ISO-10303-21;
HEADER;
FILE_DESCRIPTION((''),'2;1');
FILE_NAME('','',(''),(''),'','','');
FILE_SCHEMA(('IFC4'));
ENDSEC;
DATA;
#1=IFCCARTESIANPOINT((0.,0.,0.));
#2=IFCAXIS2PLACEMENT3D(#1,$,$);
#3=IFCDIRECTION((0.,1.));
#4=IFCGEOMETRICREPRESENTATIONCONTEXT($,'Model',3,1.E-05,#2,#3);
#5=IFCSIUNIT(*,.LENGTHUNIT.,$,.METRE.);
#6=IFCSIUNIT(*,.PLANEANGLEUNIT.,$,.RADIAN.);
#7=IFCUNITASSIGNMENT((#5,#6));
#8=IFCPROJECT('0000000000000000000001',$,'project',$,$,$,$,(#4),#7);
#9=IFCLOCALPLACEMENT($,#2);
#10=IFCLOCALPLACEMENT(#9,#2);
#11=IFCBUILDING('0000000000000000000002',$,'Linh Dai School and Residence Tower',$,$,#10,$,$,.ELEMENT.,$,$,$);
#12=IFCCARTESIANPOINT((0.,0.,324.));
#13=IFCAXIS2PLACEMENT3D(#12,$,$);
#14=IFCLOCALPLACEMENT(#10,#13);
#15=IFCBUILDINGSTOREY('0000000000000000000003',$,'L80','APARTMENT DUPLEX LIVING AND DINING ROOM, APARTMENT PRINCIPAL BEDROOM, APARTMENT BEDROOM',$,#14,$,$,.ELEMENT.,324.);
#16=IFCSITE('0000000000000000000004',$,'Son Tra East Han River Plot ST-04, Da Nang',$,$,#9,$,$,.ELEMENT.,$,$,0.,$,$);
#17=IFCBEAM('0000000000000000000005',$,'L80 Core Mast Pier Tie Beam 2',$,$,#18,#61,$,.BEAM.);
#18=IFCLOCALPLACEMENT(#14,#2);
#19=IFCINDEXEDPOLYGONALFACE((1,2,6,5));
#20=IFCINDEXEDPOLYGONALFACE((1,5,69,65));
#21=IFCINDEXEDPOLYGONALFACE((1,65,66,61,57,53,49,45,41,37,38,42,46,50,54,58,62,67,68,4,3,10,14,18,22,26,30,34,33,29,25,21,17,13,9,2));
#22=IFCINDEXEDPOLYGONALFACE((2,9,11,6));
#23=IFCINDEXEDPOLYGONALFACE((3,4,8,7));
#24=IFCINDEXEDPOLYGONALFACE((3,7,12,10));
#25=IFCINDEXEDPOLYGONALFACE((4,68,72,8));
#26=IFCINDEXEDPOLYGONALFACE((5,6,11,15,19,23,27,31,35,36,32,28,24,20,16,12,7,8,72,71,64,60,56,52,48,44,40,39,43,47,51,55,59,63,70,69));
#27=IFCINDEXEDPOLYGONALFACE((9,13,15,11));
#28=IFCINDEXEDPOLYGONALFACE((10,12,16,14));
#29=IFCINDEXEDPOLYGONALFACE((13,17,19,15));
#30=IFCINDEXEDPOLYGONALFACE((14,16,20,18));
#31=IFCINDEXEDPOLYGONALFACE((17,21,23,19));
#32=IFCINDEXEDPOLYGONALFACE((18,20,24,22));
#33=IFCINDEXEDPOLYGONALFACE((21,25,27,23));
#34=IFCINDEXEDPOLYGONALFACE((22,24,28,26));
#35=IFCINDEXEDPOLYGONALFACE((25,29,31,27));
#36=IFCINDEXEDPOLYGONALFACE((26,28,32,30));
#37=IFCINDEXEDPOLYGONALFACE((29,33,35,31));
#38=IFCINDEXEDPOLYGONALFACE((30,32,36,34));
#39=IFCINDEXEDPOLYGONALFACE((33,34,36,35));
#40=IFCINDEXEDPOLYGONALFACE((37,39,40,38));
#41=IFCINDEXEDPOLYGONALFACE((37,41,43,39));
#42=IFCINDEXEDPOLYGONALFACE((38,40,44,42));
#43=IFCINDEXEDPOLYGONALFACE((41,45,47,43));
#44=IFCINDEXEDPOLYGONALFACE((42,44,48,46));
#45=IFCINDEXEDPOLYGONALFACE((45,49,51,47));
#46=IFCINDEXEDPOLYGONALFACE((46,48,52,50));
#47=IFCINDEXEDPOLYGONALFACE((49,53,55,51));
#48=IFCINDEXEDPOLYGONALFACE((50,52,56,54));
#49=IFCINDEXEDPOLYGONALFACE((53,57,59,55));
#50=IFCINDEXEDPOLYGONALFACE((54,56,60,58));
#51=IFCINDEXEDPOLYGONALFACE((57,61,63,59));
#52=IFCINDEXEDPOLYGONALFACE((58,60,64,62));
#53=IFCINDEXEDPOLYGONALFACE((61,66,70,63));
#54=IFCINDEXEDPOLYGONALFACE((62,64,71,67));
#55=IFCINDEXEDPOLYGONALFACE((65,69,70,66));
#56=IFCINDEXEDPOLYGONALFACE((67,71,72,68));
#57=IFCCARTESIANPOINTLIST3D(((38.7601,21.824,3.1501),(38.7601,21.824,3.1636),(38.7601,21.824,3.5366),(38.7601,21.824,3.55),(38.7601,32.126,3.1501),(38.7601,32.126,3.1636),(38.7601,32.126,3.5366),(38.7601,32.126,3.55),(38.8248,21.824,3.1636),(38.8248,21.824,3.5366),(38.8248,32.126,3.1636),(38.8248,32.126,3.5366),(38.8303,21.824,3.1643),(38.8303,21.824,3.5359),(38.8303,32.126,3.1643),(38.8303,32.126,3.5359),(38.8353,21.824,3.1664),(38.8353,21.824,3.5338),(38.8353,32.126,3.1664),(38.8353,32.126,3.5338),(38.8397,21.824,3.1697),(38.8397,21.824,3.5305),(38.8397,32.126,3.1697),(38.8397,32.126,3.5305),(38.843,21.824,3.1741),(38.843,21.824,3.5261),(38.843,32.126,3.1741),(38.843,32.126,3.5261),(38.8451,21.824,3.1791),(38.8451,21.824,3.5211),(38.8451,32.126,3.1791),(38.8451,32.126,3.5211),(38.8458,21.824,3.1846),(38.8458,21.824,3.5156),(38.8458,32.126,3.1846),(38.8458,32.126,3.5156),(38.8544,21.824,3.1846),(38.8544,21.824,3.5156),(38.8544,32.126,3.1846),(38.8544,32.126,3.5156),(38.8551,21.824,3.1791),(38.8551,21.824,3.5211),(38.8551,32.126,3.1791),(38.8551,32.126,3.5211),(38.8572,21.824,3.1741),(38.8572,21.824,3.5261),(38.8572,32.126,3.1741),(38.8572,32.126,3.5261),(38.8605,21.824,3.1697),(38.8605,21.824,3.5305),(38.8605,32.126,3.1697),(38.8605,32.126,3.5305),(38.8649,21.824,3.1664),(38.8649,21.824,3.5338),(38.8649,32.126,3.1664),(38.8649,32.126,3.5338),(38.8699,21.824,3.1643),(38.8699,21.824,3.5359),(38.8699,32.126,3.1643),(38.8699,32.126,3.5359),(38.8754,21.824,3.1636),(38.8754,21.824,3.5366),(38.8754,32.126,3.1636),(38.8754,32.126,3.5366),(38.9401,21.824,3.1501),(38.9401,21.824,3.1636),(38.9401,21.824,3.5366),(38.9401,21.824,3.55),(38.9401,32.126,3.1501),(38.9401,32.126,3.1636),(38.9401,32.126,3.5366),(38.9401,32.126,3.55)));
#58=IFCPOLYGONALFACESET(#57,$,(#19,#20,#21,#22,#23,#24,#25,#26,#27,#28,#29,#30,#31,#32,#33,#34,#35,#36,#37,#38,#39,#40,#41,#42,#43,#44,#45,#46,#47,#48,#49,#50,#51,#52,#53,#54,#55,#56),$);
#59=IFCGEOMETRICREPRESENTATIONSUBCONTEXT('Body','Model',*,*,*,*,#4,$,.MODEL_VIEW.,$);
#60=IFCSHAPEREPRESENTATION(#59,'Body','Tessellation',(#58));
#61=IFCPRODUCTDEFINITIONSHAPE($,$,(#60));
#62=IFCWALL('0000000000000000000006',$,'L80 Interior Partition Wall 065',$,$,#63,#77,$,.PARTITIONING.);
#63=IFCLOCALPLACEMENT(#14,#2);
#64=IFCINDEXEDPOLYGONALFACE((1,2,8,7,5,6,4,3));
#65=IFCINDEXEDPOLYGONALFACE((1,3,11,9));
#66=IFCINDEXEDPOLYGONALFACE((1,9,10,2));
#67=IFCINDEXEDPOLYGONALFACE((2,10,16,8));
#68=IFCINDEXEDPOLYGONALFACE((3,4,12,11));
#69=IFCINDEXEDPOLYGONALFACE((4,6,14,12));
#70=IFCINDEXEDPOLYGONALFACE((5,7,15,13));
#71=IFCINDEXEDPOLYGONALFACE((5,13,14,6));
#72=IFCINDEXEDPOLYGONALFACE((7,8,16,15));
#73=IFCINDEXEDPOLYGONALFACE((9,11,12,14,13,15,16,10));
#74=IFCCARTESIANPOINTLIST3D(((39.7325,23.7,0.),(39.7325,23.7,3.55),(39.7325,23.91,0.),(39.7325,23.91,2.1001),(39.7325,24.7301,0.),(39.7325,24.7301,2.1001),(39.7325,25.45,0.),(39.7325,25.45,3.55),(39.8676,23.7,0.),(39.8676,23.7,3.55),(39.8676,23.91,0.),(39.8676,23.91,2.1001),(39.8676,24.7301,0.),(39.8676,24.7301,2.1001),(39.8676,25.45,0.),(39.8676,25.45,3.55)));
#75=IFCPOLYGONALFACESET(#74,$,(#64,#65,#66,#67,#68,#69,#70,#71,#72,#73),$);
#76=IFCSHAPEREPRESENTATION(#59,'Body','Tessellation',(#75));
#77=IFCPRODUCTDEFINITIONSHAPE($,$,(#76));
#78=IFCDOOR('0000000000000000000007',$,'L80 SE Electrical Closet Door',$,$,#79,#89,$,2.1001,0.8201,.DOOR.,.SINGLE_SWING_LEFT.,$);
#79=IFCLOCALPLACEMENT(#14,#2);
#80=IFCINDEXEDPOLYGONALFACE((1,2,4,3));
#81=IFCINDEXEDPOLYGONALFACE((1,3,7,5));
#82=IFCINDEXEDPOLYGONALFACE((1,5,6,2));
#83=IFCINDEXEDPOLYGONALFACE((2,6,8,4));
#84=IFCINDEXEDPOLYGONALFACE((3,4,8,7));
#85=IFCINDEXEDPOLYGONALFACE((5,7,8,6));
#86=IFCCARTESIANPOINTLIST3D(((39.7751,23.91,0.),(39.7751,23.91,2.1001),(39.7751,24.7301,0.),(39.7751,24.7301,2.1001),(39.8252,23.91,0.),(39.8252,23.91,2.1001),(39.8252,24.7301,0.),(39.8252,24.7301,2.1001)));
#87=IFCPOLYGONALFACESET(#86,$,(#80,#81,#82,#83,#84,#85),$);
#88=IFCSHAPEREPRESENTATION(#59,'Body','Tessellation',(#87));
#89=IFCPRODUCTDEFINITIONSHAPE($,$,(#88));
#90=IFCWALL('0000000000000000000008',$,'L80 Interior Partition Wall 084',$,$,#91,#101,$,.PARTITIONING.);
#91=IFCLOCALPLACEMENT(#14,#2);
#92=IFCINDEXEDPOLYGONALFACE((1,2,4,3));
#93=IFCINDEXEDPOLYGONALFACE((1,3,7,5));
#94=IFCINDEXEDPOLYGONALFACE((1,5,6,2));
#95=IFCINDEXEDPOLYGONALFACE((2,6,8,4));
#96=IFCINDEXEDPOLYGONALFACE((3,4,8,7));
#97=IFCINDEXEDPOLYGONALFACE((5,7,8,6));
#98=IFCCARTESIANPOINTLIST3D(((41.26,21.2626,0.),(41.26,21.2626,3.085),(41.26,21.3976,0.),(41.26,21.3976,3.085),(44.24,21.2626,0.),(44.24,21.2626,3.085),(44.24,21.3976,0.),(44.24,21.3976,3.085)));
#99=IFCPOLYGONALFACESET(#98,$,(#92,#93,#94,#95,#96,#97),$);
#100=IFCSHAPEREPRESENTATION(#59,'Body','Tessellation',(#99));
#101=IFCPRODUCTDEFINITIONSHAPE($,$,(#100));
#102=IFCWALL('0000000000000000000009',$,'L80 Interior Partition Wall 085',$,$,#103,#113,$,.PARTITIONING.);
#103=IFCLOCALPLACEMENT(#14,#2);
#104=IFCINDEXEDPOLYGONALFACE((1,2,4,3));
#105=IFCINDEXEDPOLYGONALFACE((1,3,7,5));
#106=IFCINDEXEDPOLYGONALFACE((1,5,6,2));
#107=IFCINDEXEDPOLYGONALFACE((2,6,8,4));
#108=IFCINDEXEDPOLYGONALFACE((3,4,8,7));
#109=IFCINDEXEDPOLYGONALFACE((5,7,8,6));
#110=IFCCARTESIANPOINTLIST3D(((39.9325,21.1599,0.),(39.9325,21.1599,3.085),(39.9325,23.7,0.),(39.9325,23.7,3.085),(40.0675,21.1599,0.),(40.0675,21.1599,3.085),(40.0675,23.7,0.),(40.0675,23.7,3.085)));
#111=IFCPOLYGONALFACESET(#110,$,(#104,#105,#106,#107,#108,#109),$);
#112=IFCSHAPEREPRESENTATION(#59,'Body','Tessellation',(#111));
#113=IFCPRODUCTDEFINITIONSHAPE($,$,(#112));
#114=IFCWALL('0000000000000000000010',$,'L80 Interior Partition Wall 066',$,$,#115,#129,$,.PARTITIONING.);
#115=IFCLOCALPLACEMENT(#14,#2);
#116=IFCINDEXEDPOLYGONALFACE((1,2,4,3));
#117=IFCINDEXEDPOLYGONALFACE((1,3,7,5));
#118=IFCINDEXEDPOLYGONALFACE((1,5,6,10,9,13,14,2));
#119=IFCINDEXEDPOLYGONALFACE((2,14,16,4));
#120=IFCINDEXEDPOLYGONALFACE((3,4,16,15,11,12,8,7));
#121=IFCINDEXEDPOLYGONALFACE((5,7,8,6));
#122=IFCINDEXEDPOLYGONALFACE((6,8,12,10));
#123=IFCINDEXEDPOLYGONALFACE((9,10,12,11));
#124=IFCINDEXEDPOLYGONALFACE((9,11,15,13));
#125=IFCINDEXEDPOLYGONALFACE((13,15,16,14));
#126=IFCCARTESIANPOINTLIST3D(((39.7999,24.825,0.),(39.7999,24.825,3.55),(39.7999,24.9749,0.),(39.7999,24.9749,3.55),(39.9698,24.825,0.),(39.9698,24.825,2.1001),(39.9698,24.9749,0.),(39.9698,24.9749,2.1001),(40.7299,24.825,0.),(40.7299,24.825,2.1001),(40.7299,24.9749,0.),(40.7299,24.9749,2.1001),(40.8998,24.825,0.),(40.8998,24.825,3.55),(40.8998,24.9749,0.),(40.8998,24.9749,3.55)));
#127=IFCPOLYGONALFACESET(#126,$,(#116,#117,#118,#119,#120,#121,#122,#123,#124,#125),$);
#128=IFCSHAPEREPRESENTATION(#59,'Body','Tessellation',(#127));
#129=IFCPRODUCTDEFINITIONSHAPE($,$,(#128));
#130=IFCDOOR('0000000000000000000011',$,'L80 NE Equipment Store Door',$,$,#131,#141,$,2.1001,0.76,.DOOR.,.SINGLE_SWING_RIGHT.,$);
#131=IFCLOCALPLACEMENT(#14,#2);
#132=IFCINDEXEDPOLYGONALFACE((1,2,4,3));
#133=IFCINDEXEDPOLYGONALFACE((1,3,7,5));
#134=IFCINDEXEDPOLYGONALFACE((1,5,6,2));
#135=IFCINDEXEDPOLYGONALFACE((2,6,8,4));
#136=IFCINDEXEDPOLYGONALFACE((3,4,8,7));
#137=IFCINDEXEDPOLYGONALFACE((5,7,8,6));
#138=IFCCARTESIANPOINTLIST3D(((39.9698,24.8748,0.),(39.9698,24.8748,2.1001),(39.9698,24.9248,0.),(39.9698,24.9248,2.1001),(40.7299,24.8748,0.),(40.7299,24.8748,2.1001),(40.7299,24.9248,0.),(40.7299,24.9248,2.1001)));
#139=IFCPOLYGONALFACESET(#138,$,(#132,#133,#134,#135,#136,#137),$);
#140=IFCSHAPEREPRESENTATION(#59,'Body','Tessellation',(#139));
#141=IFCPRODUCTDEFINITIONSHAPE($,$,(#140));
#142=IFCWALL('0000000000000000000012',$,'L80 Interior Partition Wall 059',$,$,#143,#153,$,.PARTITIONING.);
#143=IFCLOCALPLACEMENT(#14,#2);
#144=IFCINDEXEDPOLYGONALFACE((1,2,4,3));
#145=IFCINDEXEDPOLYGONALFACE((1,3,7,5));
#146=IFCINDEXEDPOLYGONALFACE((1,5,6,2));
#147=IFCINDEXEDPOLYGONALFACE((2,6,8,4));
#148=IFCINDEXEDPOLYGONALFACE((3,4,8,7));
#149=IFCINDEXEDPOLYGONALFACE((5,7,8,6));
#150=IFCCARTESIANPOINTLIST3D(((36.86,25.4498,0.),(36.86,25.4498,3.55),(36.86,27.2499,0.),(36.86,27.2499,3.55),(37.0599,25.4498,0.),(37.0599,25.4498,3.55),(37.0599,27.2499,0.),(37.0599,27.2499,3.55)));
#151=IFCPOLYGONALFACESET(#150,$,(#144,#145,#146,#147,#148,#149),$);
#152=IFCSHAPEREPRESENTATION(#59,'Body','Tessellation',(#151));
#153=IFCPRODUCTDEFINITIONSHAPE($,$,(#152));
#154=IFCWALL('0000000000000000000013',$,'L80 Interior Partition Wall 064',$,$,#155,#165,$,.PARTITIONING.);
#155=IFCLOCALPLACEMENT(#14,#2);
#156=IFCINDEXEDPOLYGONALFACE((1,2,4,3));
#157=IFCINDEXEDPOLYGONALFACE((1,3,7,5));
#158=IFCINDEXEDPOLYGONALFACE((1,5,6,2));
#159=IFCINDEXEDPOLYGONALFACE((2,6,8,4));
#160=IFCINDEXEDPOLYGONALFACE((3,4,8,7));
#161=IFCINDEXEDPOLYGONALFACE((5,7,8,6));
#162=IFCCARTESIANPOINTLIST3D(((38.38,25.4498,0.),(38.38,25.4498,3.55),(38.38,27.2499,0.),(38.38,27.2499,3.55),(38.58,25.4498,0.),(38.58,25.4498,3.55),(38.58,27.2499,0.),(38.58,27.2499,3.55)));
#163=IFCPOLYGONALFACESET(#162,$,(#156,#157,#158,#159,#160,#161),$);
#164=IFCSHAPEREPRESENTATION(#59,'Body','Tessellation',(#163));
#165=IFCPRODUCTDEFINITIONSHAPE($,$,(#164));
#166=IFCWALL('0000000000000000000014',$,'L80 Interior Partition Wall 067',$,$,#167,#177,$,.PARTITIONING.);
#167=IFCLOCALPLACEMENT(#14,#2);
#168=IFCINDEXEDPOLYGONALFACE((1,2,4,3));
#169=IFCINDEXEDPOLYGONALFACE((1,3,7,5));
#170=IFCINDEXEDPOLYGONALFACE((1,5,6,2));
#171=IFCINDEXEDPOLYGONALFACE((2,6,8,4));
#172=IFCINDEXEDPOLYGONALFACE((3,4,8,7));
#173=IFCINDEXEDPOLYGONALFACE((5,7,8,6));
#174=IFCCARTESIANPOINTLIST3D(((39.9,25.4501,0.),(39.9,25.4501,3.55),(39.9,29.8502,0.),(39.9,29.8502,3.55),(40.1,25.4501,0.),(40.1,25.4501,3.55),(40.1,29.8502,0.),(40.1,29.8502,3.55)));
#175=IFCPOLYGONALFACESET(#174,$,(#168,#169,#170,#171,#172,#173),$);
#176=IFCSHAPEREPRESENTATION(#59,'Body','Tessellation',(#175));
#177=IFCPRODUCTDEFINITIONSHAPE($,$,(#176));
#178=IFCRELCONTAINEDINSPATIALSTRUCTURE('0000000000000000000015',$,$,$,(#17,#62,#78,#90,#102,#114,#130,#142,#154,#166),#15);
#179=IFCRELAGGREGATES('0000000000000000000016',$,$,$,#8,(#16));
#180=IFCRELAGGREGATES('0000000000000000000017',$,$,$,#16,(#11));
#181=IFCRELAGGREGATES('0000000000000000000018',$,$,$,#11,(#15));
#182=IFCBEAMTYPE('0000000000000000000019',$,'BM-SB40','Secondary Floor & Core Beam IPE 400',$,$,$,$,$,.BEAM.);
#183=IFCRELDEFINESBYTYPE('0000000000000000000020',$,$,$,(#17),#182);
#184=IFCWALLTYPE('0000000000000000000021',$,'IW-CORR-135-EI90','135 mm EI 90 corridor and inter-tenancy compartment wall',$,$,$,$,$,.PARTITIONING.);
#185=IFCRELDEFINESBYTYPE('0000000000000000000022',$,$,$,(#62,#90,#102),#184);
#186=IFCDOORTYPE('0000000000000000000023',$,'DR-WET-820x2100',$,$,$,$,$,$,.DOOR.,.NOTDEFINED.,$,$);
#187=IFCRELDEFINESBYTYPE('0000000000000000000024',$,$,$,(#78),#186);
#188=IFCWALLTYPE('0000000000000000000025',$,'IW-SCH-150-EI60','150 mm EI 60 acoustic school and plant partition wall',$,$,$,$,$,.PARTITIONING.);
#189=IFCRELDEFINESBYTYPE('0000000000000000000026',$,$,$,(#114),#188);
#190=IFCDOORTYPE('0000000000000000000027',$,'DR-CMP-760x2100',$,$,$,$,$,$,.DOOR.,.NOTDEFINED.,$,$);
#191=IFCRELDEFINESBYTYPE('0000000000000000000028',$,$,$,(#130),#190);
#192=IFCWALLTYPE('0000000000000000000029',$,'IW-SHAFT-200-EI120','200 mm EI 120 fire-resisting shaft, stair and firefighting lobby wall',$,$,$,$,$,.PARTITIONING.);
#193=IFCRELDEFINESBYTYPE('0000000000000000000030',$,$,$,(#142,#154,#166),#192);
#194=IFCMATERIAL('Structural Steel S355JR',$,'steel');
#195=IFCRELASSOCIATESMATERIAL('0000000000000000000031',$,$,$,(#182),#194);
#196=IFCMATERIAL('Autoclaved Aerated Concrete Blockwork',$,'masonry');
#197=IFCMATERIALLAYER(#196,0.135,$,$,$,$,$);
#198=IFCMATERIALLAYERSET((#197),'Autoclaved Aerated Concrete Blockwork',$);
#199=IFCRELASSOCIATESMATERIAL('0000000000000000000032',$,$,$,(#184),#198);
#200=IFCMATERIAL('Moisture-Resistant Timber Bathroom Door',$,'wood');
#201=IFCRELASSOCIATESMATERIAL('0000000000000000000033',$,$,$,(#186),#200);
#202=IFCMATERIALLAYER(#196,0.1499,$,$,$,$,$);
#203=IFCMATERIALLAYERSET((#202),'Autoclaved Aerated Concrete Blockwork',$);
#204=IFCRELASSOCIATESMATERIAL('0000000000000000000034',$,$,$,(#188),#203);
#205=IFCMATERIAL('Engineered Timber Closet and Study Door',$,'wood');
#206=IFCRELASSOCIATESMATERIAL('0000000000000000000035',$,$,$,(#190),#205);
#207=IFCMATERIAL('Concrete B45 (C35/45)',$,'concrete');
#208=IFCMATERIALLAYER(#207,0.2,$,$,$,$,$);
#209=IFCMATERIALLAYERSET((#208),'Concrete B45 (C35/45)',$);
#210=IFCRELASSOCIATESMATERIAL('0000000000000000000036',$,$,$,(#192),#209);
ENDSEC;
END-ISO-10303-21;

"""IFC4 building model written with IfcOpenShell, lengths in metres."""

from ifc_helpers import new_model, si_unit, direction, frame, frame_2d, origin, origin_2d, place, context, subcontext, project, spatial, rectangle, i_section, extrude, source, transform, mapped, material, layer, layer_set, material_profile, profile_set, type_object, element, fill, save


model = new_model("IFC4")

# Units and contexts
model_context = context("Model", 3, precision=1e-05, world=origin(), true_north=direction((0.0, 1.0)))
body_context = subcontext(model_context, "Body", "Model", "MODEL_VIEW")
ifc_project = project(units=[si_unit("LENGTHUNIT", "METRE"), si_unit("PLANEANGLEUNIT", "RADIAN")], contexts=[model_context])

# Site, building, storey
site_placement = place(None, origin())
site = spatial("IfcSite", under=ifc_project, at=site_placement, Name="Son Tra East Han River Plot ST-04, Da Nang", CompositionType="ELEMENT", RefElevation=0.0)
building_placement = place(site_placement, origin())
building = spatial("IfcBuilding", under=site, at=building_placement, Name="Linh Dai School and Residence Tower", CompositionType="ELEMENT")
storey_placement = place(building_placement, frame((0.0, 0.0, 324.0)))
storey = spatial("IfcBuildingStorey", under=building, at=storey_placement, Name="L80", Description="APARTMENT DUPLEX LIVING AND DINING ROOM, APARTMENT PRINCIPAL BEDROOM, APARTMENT BEDROOM", CompositionType="ELEMENT", Elevation=324.0)

# Shared definitions
ifc_material_1 = material(Name="Structural Steel S355JR", Category="steel")

# Beam
ifc_material_profile_1 = material_profile(ifc_material_1, i_section(OverallWidth=0.1799, OverallDepth=0.3999, WebThickness=0.0085, FlangeThickness=0.0134, FilletRadius=0.021, at=origin_2d()), Name="IPE 400")
ifc_profile_set_1 = profile_set([ifc_material_profile_1], Name="Structural Steel S355JR")
beam_type = type_object("IfcBeamType", Name="BM-SB40", Description="Secondary Floor & Core Beam IPE 400", PredefinedType="BEAM", material=ifc_profile_set_1)
beam_placement = place(storey_placement, frame((38.8501, 21.824, 3.3501), z_axis=(0.0, 1.0, 0.0), x_axis=(-1.0, 0.0, 0.0)))
element("IfcBeam", 1, at=beam_placement, inside=storey, type_object=beam_type, Name="L80 Core Mast Pier Tie Beam 2", PredefinedType="BEAM", context=body_context, shape_type="SweptSolid", body=[
    extrude(i_section(OverallWidth=0.1799, OverallDepth=0.3999, WebThickness=0.0085, FlangeThickness=0.0134, FilletRadius=0.021, at=origin_2d()), origin(), (0.0, 0.0, 1.0), 10.302),
])

# Wall, opening, door
ifc_material_2 = material(Name="Autoclaved Aerated Concrete Blockwork", Category="masonry")
ifc_layer_1 = layer(ifc_material_2, 0.135)
ifc_layer_set_1 = layer_set([ifc_layer_1], Name="Autoclaved Aerated Concrete Blockwork")
wall_type_1 = type_object("IfcWallType", Name="IW-CORR-135-EI90", Description="135 mm EI 90 corridor and inter-tenancy compartment wall", PredefinedType="PARTITIONING", material=ifc_layer_set_1)
wall_1_placement = place(storey_placement, frame((39.8, 23.7, 0.0), z_axis=(0.0, 0.0, 1.0), x_axis=(0.0, 1.0, 0.0)))
wall_1 = element("IfcWall", 2, at=wall_1_placement, inside=storey, type_object=wall_type_1, Name="L80 Interior Partition Wall 065", PredefinedType="PARTITIONING", context=body_context, shape_type="SweptSolid", body=[
    extrude(rectangle(XDim=1.75, YDim=0.135, at=frame_2d((0.875, 0.0))), origin(), (0.0, 0.0, 1.0), 3.55),
])
opening_1_placement = place(wall_1_placement, frame((0.21, 0.0, 0.0)))
opening_1 = element("IfcOpeningElement", 3, at=opening_1_placement, cuts=wall_1, PredefinedType="OPENING", context=body_context, shape_type="SweptSolid", body=[
    extrude(rectangle(XDim=0.8201, YDim=2.1001, at=origin_2d()), frame((0.4102, 0.0776, 1.05), z_axis=(0.0, -1.0, 0.0), x_axis=(1.0, 0.0, 0.0)), (0.0, 0.0, 1.0), 0.155),
])
ifc_material_3 = material(Name="Moisture-Resistant Timber Bathroom Door", Category="wood")
door_type_1 = type_object("IfcDoorType", Name="DR-WET-820x2100", OperationType="NOTDEFINED", PredefinedType="DOOR", material=ifc_material_3)
shared_shape_1 = source(origin(), body_context, "Body", "SweptSolid", [
    extrude(rectangle(XDim=0.8201, YDim=2.1001, at=origin_2d()), frame((0.4102, 0.0249, 1.05), z_axis=(0.0, -1.0, 0.0), x_axis=(1.0, 0.0, 0.0)), (0.0, 0.0, 1.0), 0.05),
])
door_1_placement = place(opening_1_placement, origin())
door_1 = element("IfcDoor", 4, at=door_1_placement, inside=storey, type_object=door_type_1, Name="L80 SE Electrical Closet Door", OperationType="SINGLE_SWING_LEFT", OverallHeight=2.1001, OverallWidth=0.8201, PredefinedType="DOOR", context=body_context, shape_type="MappedRepresentation", body=[
    mapped(shared_shape_1, transform((0.0, 0.0, 0.0), x_axis=(1.0, 0.0, 0.0), y_axis=(0.0, 1.0, 0.0), z_axis=(0.0, 0.0, 1.0), scale=1.0)),
])
fill(opening_1, door_1)

# Walls
wall_2_placement = place(storey_placement, frame((44.24, 21.3301, 0.0), z_axis=(0.0, 0.0, 1.0), x_axis=(-1.0, 0.0, 0.0)))
element("IfcWall", 5, at=wall_2_placement, inside=storey, type_object=wall_type_1, Name="L80 Interior Partition Wall 084", PredefinedType="PARTITIONING", context=body_context, shape_type="SweptSolid", body=[
    extrude(rectangle(XDim=2.98, YDim=0.135, at=frame_2d((1.49, 0.0))), origin(), (0.0, 0.0, 1.0), 3.085),
])
wall_3_placement = place(storey_placement, frame((40.0, 23.7, 0.0), z_axis=(0.0, 0.0, 1.0), x_axis=(0.0, -1.0, 0.0)))
element("IfcWall", 6, at=wall_3_placement, inside=storey, type_object=wall_type_1, Name="L80 Interior Partition Wall 085", PredefinedType="PARTITIONING", context=body_context, shape_type="SweptSolid", body=[
    extrude(rectangle(XDim=2.54, YDim=0.135, at=frame_2d((1.27, 0.0))), origin(), (0.0, 0.0, 1.0), 3.085),
])

# Wall, opening, door
ifc_layer_2 = layer(ifc_material_2, 0.1499)
ifc_layer_set_2 = layer_set([ifc_layer_2], Name="Autoclaved Aerated Concrete Blockwork")
wall_type_2 = type_object("IfcWallType", Name="IW-SCH-150-EI60", Description="150 mm EI 60 acoustic school and plant partition wall", PredefinedType="PARTITIONING", material=ifc_layer_set_2)
wall_4_placement = place(storey_placement, frame((39.8, 24.8999, 0.0), z_axis=(0.0, 0.0, 1.0), x_axis=(1.0, 0.0, 0.0)))
wall_4 = element("IfcWall", 7, at=wall_4_placement, inside=storey, type_object=wall_type_2, Name="L80 Interior Partition Wall 066", PredefinedType="PARTITIONING", context=body_context, shape_type="SweptSolid", body=[
    extrude(rectangle(XDim=1.0999, YDim=0.1499, at=frame_2d((0.5498, 0.0))), origin(), (0.0, 0.0, 1.0), 3.55),
])
opening_2_placement = place(wall_4_placement, frame((0.1699, 0.0, 0.0)))
opening_2 = element("IfcOpeningElement", 8, at=opening_2_placement, cuts=wall_4, PredefinedType="OPENING", context=body_context, shape_type="SweptSolid", body=[
    extrude(rectangle(XDim=0.76, YDim=2.1001, at=origin_2d()), frame((0.3799, 0.085, 1.05), z_axis=(0.0, -1.0, 0.0), x_axis=(1.0, 0.0, 0.0)), (0.0, 0.0, 1.0), 0.1699),
])
ifc_material_4 = material(Name="Engineered Timber Closet and Study Door", Category="wood")
door_type_2 = type_object("IfcDoorType", Name="DR-CMP-760x2100", OperationType="NOTDEFINED", PredefinedType="DOOR", material=ifc_material_4)
shared_shape_2 = source(origin(), body_context, "Body", "SweptSolid", [
    extrude(rectangle(XDim=0.76, YDim=2.1001, at=origin_2d()), frame((0.3799, 0.0249, 1.05), z_axis=(0.0, -1.0, 0.0), x_axis=(1.0, 0.0, 0.0)), (0.0, 0.0, 1.0), 0.05),
])
door_2_placement = place(opening_2_placement, origin())
door_2 = element("IfcDoor", 9, at=door_2_placement, inside=storey, type_object=door_type_2, Name="L80 NE Equipment Store Door", OperationType="SINGLE_SWING_RIGHT", OverallHeight=2.1001, OverallWidth=0.76, PredefinedType="DOOR", context=body_context, shape_type="MappedRepresentation", body=[
    mapped(shared_shape_2, transform((0.0, 0.0, 0.0), x_axis=(1.0, 0.0, 0.0), y_axis=(0.0, 1.0, 0.0), z_axis=(0.0, 0.0, 1.0), scale=1.0)),
])
fill(opening_2, door_2)

# Walls
ifc_material_5 = material(Name="Concrete B45 (C35/45)", Category="concrete")
ifc_layer_3 = layer(ifc_material_5, 0.2)
ifc_layer_set_3 = layer_set([ifc_layer_3], Name="Concrete B45 (C35/45)")
wall_type_3 = type_object("IfcWallType", Name="IW-SHAFT-200-EI120", Description="200 mm EI 120 fire-resisting shaft, stair and firefighting lobby wall", PredefinedType="PARTITIONING", material=ifc_layer_set_3)
for number, where, z_axis, x_axis, name in (
    (10, (36.96, 25.45, 0.0), (0.0, 0.0, 1.0), (0.0, 1.0, 0.0), "L80 Interior Partition Wall 059"),
    (11, (38.48, 25.45, 0.0), (0.0, 0.0, 1.0), (0.0, 1.0, 0.0), "L80 Interior Partition Wall 064"),
):
    element("IfcWall", number, at=place(storey_placement, frame(where, z_axis=z_axis, x_axis=x_axis)), inside=storey, type_object=wall_type_3, Name=name, PredefinedType="PARTITIONING", context=body_context, shape_type="SweptSolid", body=[
        extrude(rectangle(XDim=1.8, YDim=0.2, at=frame_2d((0.8999, 0.0))), origin(), (0.0, 0.0, 1.0), 3.55),
    ])
wall_5_placement = place(storey_placement, frame((40.0, 25.45, 0.0), z_axis=(0.0, 0.0, 1.0), x_axis=(0.0, 1.0, 0.0)))
element("IfcWall", 12, at=wall_5_placement, inside=storey, type_object=wall_type_3, Name="L80 Interior Partition Wall 067", PredefinedType="PARTITIONING", context=body_context, shape_type="SweptSolid", body=[
    extrude(rectangle(XDim=4.4001, YDim=0.2, at=frame_2d((2.2002, 0.0))), origin(), (0.0, 0.0, 1.0), 3.55),
])

save(model, "model.ifc")
